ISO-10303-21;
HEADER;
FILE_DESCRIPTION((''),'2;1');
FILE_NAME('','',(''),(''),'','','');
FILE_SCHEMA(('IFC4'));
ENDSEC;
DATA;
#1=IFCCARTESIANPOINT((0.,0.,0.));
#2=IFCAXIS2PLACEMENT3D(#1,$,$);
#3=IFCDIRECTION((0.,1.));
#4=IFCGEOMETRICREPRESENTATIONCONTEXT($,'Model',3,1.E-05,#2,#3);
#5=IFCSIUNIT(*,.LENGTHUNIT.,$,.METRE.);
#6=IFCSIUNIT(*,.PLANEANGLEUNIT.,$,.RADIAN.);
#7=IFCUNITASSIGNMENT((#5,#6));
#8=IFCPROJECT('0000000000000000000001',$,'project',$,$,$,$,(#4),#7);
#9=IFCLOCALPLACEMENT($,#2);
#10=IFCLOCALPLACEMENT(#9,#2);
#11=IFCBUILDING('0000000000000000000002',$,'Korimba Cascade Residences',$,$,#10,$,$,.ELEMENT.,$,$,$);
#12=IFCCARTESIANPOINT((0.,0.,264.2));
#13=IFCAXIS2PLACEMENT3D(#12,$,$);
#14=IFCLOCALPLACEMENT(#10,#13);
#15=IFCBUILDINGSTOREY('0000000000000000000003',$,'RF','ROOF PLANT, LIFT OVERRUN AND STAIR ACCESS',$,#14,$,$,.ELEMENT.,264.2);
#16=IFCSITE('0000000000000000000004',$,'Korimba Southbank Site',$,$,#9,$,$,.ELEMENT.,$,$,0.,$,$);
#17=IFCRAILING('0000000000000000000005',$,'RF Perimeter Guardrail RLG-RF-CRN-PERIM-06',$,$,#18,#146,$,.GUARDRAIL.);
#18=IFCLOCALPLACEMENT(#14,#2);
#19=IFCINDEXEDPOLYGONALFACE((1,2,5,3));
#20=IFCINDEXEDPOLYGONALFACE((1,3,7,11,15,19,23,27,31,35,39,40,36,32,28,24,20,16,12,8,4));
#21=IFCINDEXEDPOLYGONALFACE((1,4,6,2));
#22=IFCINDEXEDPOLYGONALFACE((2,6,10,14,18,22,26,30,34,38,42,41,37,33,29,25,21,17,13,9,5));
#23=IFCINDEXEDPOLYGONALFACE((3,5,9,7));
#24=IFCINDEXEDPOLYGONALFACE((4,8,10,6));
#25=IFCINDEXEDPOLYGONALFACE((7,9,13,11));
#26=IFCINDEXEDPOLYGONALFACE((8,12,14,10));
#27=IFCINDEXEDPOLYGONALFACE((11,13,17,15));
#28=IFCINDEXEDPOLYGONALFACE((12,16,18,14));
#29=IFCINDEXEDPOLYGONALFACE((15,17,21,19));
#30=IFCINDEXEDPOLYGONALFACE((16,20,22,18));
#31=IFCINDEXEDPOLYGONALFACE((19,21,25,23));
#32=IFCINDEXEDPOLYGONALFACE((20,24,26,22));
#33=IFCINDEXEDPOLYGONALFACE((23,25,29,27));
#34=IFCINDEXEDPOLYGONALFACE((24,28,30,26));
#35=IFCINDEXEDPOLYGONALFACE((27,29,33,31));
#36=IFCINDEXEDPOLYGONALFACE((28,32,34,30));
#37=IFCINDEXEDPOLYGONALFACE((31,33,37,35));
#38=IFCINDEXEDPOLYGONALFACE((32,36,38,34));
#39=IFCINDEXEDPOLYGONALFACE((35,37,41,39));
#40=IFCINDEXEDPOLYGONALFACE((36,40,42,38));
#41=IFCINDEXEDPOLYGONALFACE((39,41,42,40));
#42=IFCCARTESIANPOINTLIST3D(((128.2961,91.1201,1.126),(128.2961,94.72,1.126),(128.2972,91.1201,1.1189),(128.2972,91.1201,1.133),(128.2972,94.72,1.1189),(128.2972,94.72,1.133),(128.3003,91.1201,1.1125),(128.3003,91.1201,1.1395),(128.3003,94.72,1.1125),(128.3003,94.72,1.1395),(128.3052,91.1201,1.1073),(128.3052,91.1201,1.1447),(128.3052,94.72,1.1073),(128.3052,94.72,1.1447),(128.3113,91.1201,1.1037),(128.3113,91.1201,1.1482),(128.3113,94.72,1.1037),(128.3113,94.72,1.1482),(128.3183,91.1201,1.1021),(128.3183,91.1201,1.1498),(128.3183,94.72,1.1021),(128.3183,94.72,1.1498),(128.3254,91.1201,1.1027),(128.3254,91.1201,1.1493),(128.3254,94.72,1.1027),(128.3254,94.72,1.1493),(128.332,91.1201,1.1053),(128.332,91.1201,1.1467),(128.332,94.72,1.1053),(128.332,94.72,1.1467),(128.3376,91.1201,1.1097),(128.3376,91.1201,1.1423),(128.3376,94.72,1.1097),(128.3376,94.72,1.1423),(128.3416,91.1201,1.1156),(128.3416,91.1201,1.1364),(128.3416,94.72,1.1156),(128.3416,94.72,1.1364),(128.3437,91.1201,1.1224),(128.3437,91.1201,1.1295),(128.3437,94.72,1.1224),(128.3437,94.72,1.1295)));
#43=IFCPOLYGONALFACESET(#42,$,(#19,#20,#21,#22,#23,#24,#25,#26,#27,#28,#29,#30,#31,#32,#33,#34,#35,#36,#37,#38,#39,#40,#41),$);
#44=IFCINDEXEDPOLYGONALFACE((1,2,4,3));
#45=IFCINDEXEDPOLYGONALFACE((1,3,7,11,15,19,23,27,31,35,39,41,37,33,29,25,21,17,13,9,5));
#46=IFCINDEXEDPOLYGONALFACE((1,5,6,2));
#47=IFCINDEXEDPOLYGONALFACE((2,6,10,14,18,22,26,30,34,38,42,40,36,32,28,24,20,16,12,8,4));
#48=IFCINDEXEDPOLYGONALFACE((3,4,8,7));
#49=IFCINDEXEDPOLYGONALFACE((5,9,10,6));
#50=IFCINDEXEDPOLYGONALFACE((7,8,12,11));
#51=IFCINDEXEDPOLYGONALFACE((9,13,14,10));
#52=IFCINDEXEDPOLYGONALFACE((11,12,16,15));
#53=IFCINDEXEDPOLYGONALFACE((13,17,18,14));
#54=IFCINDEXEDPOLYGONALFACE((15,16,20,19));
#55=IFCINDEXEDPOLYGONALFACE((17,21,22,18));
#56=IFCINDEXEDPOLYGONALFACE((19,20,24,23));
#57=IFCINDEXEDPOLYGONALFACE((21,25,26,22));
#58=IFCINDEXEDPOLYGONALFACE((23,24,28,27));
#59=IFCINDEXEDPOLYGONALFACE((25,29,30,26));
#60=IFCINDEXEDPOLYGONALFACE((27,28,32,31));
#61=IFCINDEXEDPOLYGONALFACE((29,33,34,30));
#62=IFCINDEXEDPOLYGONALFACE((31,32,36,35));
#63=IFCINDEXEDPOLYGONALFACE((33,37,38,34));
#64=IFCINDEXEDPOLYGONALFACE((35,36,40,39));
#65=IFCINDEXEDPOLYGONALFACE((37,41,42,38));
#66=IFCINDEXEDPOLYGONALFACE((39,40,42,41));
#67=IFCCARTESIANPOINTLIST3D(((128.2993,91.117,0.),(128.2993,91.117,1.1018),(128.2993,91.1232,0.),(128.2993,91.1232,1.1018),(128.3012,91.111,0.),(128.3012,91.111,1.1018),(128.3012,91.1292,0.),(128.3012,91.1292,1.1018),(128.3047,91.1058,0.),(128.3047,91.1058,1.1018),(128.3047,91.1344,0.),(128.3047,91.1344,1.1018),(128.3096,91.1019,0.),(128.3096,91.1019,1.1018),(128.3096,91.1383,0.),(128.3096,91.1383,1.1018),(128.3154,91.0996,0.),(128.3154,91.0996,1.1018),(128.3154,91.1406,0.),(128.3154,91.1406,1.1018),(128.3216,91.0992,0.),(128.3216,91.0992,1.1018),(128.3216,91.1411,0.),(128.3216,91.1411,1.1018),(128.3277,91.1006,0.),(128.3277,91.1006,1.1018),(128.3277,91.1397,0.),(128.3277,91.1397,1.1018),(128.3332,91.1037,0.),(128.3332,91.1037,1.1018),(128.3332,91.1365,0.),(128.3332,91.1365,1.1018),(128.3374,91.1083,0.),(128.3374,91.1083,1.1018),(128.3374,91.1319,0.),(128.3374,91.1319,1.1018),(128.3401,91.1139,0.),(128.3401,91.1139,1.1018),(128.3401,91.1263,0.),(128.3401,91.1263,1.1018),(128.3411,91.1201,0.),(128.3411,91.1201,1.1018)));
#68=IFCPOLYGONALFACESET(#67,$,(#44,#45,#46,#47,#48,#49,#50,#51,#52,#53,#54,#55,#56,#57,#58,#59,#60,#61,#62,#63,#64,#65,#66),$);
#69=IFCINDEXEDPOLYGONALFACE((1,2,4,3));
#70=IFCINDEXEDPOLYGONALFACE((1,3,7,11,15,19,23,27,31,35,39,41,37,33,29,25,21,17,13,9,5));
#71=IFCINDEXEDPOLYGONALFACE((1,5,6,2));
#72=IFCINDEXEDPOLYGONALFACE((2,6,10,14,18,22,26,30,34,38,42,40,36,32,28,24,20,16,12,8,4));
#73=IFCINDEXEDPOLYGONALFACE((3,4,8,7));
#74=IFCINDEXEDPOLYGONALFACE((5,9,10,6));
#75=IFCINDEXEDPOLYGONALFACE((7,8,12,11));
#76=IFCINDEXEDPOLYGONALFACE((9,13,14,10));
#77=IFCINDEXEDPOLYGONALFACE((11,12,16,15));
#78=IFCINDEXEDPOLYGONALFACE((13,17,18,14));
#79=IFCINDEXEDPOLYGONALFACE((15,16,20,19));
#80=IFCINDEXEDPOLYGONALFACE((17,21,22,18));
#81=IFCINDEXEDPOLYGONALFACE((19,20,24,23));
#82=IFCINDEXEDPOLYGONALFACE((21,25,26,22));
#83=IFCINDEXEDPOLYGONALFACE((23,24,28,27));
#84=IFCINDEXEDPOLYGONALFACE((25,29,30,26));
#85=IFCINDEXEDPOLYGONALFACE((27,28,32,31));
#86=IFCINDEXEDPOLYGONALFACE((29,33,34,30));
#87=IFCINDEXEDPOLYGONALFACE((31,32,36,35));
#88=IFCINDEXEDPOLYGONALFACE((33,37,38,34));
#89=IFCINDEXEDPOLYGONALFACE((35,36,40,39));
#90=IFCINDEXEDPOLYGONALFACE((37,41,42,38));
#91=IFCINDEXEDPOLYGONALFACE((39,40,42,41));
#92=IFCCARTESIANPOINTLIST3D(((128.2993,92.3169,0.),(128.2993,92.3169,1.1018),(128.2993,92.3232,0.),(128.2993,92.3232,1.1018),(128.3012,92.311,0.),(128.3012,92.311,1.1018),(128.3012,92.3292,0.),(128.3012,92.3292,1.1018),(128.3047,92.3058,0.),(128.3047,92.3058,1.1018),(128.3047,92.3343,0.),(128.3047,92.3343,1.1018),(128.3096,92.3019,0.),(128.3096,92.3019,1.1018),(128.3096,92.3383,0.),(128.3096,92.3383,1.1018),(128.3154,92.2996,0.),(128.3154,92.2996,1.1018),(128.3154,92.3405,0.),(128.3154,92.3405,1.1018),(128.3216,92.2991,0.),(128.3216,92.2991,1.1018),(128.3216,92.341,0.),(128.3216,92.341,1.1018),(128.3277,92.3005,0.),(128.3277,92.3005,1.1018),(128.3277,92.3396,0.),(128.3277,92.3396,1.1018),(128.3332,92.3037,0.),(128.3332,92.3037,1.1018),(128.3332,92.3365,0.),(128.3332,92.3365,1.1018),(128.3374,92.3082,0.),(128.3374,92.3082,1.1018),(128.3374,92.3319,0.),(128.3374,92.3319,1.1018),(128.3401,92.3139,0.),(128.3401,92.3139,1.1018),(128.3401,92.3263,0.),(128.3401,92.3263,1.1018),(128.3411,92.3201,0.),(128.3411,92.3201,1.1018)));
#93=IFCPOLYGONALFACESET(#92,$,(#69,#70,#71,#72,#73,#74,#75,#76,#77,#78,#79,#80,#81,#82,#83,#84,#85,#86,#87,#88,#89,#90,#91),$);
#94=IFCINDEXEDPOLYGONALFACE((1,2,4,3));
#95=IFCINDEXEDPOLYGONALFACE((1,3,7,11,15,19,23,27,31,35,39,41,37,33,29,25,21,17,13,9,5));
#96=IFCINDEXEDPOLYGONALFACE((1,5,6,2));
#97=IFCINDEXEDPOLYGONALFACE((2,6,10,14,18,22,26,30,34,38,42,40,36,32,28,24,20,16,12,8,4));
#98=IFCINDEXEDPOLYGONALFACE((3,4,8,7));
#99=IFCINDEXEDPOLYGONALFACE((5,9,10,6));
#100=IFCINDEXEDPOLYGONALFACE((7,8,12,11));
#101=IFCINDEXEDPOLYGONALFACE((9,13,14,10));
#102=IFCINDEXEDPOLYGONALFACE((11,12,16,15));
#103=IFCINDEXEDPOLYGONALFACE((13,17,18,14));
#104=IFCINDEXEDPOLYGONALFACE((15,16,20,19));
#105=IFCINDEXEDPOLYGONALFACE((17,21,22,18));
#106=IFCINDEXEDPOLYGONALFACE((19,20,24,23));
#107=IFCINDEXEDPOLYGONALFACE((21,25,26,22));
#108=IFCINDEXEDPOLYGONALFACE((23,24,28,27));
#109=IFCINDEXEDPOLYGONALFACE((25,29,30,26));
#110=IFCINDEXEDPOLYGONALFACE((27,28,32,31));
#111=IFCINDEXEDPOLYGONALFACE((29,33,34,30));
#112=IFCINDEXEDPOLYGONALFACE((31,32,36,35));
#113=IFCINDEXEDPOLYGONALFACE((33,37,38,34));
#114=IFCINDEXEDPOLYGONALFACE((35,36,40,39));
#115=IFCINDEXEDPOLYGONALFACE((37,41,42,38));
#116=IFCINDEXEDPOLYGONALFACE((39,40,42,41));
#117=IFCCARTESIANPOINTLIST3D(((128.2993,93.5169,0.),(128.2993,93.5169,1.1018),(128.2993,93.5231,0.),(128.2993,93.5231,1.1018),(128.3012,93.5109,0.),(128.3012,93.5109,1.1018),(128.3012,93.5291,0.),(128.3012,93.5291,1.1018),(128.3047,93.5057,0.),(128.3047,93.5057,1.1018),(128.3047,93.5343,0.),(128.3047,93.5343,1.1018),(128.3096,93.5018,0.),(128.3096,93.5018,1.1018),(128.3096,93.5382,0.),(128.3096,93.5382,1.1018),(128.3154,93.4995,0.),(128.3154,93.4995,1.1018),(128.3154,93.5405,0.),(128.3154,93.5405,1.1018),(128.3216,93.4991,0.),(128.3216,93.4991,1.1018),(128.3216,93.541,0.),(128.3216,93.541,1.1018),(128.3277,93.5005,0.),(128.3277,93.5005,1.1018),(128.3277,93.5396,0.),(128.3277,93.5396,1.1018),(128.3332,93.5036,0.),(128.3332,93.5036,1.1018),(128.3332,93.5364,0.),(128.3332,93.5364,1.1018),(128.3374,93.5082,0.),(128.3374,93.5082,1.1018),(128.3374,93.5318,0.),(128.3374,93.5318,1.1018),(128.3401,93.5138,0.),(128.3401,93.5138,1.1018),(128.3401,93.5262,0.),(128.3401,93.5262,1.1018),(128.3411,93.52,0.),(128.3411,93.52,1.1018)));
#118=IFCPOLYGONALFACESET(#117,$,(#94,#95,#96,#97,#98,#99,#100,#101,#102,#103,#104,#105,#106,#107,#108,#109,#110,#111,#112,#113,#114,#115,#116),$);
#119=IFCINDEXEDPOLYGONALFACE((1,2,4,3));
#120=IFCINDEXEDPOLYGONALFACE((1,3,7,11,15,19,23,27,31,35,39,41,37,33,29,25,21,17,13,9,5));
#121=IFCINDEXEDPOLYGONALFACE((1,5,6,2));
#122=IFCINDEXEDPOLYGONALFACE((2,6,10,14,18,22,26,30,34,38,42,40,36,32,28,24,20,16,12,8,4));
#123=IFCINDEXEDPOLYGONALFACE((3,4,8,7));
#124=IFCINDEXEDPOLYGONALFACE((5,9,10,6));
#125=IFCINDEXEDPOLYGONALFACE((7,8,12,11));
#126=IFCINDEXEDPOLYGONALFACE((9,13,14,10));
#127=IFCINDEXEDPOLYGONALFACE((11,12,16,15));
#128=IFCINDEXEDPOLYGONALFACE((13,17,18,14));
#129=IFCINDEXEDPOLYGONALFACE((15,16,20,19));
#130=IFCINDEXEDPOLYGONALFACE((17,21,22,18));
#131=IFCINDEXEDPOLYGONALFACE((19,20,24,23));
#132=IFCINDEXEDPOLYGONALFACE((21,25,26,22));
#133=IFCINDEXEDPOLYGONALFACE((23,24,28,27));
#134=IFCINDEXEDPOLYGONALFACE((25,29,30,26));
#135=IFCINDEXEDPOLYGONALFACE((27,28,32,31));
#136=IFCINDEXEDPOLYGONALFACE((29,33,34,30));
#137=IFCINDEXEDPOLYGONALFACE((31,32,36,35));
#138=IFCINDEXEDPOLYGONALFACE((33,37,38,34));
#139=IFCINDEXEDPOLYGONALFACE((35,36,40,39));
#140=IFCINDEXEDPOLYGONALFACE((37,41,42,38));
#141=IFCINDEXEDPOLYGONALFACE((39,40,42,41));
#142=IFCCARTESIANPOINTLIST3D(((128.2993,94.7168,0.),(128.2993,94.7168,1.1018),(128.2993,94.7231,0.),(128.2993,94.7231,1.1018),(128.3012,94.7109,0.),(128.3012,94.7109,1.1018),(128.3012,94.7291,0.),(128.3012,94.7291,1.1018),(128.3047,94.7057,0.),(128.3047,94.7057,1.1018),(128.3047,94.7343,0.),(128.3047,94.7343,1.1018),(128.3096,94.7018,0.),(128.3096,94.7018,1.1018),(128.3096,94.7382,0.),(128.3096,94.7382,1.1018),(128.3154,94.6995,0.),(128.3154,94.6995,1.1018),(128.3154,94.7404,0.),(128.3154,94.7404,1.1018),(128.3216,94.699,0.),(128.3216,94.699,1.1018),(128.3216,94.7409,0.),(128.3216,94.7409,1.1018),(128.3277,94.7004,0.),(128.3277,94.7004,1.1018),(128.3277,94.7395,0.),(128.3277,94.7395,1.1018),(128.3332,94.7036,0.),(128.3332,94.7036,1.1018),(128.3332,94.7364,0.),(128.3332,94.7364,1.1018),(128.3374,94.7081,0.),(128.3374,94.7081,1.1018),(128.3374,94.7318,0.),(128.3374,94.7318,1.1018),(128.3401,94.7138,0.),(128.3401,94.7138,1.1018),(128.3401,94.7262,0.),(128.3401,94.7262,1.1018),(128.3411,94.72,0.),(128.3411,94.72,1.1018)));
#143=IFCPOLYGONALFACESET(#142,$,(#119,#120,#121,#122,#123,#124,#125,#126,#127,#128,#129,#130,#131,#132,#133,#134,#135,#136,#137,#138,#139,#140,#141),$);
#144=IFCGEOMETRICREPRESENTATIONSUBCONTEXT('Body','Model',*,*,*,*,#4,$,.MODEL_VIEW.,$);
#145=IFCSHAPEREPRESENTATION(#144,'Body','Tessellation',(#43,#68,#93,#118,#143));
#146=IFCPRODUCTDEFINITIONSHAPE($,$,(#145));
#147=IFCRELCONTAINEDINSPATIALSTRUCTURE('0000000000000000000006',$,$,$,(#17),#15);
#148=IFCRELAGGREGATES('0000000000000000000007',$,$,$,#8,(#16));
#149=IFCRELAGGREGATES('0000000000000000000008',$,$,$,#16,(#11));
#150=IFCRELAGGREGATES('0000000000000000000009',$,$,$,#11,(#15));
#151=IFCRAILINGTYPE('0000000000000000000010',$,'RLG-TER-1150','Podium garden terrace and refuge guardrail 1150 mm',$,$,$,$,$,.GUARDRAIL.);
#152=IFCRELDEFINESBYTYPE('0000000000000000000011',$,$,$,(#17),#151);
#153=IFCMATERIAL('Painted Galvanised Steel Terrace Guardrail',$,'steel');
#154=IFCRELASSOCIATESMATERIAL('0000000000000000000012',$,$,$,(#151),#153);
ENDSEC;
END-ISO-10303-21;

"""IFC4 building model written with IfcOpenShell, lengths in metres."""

from ifc_helpers import new_model, si_unit, direction, frame, origin, origin_2d, place, context, subcontext, project, spatial, circle, extrude, material, type_object, element, save


model = new_model("IFC4")

# Units and contexts
model_context = context("Model", 3, precision=1e-05, world=origin(), true_north=direction((0.0, 1.0)))
body_context = subcontext(model_context, "Body", "Model", "MODEL_VIEW")
ifc_project = project(units=[si_unit("LENGTHUNIT", "METRE"), si_unit("PLANEANGLEUNIT", "RADIAN")], contexts=[model_context])

# Site, building, storey
site_placement = place(None, origin())
site = spatial("IfcSite", under=ifc_project, at=site_placement, Name="Korimba Southbank Site", CompositionType="ELEMENT", RefElevation=0.0)
building_placement = place(site_placement, origin())
building = spatial("IfcBuilding", under=site, at=building_placement, Name="Korimba Cascade Residences", CompositionType="ELEMENT")
storey_placement = place(building_placement, frame((0.0, 0.0, 264.2)))
storey = spatial("IfcBuildingStorey", under=building, at=storey_placement, Name="RF", Description="ROOF PLANT, LIFT OVERRUN AND STAIR ACCESS", CompositionType="ELEMENT", Elevation=264.2)

# Railing
ifc_material_1 = material(Name="Painted Galvanised Steel Terrace Guardrail", Category="steel")
railing_type = type_object("IfcRailingType", Name="RLG-TER-1150", Description="Podium garden terrace and refuge guardrail 1150 mm", PredefinedType="GUARDRAIL", material=ifc_material_1)
railing_1_placement = place(storey_placement, frame((128.3201, 91.1201, 0.0)))
element("IfcRailing", 1, at=railing_1_placement, inside=storey, type_object=railing_type, Name="RF Perimeter Guardrail RLG-RF-CRN-PERIM-06", PredefinedType="GUARDRAIL", context=body_context, shape_type="SweptSolid", body=[
    extrude(circle(Radius=0.0239, at=origin_2d()), frame((0.0, 0.0, 1.126), z_axis=(0.0, 1.0, 0.0), x_axis=(-1.0, 0.0, 0.0)), (0.0, 0.0, 1.0), 3.5999),
    extrude(circle(Radius=0.021, at=origin_2d()), origin(), (0.0, 0.0, 1.0), 1.1018),
    extrude(circle(Radius=0.021, at=origin_2d()), frame((0.0, 1.2, 0.0)), (0.0, 0.0, 1.0), 1.1018),
    extrude(circle(Radius=0.021, at=origin_2d()), frame((0.0, 2.3999, 0.0)), (0.0, 0.0, 1.0), 1.1018),
    extrude(circle(Radius=0.021, at=origin_2d()), frame((0.0, 3.5999, 0.0)), (0.0, 0.0, 1.0), 1.1018),
])

save(model, "model.ifc")
